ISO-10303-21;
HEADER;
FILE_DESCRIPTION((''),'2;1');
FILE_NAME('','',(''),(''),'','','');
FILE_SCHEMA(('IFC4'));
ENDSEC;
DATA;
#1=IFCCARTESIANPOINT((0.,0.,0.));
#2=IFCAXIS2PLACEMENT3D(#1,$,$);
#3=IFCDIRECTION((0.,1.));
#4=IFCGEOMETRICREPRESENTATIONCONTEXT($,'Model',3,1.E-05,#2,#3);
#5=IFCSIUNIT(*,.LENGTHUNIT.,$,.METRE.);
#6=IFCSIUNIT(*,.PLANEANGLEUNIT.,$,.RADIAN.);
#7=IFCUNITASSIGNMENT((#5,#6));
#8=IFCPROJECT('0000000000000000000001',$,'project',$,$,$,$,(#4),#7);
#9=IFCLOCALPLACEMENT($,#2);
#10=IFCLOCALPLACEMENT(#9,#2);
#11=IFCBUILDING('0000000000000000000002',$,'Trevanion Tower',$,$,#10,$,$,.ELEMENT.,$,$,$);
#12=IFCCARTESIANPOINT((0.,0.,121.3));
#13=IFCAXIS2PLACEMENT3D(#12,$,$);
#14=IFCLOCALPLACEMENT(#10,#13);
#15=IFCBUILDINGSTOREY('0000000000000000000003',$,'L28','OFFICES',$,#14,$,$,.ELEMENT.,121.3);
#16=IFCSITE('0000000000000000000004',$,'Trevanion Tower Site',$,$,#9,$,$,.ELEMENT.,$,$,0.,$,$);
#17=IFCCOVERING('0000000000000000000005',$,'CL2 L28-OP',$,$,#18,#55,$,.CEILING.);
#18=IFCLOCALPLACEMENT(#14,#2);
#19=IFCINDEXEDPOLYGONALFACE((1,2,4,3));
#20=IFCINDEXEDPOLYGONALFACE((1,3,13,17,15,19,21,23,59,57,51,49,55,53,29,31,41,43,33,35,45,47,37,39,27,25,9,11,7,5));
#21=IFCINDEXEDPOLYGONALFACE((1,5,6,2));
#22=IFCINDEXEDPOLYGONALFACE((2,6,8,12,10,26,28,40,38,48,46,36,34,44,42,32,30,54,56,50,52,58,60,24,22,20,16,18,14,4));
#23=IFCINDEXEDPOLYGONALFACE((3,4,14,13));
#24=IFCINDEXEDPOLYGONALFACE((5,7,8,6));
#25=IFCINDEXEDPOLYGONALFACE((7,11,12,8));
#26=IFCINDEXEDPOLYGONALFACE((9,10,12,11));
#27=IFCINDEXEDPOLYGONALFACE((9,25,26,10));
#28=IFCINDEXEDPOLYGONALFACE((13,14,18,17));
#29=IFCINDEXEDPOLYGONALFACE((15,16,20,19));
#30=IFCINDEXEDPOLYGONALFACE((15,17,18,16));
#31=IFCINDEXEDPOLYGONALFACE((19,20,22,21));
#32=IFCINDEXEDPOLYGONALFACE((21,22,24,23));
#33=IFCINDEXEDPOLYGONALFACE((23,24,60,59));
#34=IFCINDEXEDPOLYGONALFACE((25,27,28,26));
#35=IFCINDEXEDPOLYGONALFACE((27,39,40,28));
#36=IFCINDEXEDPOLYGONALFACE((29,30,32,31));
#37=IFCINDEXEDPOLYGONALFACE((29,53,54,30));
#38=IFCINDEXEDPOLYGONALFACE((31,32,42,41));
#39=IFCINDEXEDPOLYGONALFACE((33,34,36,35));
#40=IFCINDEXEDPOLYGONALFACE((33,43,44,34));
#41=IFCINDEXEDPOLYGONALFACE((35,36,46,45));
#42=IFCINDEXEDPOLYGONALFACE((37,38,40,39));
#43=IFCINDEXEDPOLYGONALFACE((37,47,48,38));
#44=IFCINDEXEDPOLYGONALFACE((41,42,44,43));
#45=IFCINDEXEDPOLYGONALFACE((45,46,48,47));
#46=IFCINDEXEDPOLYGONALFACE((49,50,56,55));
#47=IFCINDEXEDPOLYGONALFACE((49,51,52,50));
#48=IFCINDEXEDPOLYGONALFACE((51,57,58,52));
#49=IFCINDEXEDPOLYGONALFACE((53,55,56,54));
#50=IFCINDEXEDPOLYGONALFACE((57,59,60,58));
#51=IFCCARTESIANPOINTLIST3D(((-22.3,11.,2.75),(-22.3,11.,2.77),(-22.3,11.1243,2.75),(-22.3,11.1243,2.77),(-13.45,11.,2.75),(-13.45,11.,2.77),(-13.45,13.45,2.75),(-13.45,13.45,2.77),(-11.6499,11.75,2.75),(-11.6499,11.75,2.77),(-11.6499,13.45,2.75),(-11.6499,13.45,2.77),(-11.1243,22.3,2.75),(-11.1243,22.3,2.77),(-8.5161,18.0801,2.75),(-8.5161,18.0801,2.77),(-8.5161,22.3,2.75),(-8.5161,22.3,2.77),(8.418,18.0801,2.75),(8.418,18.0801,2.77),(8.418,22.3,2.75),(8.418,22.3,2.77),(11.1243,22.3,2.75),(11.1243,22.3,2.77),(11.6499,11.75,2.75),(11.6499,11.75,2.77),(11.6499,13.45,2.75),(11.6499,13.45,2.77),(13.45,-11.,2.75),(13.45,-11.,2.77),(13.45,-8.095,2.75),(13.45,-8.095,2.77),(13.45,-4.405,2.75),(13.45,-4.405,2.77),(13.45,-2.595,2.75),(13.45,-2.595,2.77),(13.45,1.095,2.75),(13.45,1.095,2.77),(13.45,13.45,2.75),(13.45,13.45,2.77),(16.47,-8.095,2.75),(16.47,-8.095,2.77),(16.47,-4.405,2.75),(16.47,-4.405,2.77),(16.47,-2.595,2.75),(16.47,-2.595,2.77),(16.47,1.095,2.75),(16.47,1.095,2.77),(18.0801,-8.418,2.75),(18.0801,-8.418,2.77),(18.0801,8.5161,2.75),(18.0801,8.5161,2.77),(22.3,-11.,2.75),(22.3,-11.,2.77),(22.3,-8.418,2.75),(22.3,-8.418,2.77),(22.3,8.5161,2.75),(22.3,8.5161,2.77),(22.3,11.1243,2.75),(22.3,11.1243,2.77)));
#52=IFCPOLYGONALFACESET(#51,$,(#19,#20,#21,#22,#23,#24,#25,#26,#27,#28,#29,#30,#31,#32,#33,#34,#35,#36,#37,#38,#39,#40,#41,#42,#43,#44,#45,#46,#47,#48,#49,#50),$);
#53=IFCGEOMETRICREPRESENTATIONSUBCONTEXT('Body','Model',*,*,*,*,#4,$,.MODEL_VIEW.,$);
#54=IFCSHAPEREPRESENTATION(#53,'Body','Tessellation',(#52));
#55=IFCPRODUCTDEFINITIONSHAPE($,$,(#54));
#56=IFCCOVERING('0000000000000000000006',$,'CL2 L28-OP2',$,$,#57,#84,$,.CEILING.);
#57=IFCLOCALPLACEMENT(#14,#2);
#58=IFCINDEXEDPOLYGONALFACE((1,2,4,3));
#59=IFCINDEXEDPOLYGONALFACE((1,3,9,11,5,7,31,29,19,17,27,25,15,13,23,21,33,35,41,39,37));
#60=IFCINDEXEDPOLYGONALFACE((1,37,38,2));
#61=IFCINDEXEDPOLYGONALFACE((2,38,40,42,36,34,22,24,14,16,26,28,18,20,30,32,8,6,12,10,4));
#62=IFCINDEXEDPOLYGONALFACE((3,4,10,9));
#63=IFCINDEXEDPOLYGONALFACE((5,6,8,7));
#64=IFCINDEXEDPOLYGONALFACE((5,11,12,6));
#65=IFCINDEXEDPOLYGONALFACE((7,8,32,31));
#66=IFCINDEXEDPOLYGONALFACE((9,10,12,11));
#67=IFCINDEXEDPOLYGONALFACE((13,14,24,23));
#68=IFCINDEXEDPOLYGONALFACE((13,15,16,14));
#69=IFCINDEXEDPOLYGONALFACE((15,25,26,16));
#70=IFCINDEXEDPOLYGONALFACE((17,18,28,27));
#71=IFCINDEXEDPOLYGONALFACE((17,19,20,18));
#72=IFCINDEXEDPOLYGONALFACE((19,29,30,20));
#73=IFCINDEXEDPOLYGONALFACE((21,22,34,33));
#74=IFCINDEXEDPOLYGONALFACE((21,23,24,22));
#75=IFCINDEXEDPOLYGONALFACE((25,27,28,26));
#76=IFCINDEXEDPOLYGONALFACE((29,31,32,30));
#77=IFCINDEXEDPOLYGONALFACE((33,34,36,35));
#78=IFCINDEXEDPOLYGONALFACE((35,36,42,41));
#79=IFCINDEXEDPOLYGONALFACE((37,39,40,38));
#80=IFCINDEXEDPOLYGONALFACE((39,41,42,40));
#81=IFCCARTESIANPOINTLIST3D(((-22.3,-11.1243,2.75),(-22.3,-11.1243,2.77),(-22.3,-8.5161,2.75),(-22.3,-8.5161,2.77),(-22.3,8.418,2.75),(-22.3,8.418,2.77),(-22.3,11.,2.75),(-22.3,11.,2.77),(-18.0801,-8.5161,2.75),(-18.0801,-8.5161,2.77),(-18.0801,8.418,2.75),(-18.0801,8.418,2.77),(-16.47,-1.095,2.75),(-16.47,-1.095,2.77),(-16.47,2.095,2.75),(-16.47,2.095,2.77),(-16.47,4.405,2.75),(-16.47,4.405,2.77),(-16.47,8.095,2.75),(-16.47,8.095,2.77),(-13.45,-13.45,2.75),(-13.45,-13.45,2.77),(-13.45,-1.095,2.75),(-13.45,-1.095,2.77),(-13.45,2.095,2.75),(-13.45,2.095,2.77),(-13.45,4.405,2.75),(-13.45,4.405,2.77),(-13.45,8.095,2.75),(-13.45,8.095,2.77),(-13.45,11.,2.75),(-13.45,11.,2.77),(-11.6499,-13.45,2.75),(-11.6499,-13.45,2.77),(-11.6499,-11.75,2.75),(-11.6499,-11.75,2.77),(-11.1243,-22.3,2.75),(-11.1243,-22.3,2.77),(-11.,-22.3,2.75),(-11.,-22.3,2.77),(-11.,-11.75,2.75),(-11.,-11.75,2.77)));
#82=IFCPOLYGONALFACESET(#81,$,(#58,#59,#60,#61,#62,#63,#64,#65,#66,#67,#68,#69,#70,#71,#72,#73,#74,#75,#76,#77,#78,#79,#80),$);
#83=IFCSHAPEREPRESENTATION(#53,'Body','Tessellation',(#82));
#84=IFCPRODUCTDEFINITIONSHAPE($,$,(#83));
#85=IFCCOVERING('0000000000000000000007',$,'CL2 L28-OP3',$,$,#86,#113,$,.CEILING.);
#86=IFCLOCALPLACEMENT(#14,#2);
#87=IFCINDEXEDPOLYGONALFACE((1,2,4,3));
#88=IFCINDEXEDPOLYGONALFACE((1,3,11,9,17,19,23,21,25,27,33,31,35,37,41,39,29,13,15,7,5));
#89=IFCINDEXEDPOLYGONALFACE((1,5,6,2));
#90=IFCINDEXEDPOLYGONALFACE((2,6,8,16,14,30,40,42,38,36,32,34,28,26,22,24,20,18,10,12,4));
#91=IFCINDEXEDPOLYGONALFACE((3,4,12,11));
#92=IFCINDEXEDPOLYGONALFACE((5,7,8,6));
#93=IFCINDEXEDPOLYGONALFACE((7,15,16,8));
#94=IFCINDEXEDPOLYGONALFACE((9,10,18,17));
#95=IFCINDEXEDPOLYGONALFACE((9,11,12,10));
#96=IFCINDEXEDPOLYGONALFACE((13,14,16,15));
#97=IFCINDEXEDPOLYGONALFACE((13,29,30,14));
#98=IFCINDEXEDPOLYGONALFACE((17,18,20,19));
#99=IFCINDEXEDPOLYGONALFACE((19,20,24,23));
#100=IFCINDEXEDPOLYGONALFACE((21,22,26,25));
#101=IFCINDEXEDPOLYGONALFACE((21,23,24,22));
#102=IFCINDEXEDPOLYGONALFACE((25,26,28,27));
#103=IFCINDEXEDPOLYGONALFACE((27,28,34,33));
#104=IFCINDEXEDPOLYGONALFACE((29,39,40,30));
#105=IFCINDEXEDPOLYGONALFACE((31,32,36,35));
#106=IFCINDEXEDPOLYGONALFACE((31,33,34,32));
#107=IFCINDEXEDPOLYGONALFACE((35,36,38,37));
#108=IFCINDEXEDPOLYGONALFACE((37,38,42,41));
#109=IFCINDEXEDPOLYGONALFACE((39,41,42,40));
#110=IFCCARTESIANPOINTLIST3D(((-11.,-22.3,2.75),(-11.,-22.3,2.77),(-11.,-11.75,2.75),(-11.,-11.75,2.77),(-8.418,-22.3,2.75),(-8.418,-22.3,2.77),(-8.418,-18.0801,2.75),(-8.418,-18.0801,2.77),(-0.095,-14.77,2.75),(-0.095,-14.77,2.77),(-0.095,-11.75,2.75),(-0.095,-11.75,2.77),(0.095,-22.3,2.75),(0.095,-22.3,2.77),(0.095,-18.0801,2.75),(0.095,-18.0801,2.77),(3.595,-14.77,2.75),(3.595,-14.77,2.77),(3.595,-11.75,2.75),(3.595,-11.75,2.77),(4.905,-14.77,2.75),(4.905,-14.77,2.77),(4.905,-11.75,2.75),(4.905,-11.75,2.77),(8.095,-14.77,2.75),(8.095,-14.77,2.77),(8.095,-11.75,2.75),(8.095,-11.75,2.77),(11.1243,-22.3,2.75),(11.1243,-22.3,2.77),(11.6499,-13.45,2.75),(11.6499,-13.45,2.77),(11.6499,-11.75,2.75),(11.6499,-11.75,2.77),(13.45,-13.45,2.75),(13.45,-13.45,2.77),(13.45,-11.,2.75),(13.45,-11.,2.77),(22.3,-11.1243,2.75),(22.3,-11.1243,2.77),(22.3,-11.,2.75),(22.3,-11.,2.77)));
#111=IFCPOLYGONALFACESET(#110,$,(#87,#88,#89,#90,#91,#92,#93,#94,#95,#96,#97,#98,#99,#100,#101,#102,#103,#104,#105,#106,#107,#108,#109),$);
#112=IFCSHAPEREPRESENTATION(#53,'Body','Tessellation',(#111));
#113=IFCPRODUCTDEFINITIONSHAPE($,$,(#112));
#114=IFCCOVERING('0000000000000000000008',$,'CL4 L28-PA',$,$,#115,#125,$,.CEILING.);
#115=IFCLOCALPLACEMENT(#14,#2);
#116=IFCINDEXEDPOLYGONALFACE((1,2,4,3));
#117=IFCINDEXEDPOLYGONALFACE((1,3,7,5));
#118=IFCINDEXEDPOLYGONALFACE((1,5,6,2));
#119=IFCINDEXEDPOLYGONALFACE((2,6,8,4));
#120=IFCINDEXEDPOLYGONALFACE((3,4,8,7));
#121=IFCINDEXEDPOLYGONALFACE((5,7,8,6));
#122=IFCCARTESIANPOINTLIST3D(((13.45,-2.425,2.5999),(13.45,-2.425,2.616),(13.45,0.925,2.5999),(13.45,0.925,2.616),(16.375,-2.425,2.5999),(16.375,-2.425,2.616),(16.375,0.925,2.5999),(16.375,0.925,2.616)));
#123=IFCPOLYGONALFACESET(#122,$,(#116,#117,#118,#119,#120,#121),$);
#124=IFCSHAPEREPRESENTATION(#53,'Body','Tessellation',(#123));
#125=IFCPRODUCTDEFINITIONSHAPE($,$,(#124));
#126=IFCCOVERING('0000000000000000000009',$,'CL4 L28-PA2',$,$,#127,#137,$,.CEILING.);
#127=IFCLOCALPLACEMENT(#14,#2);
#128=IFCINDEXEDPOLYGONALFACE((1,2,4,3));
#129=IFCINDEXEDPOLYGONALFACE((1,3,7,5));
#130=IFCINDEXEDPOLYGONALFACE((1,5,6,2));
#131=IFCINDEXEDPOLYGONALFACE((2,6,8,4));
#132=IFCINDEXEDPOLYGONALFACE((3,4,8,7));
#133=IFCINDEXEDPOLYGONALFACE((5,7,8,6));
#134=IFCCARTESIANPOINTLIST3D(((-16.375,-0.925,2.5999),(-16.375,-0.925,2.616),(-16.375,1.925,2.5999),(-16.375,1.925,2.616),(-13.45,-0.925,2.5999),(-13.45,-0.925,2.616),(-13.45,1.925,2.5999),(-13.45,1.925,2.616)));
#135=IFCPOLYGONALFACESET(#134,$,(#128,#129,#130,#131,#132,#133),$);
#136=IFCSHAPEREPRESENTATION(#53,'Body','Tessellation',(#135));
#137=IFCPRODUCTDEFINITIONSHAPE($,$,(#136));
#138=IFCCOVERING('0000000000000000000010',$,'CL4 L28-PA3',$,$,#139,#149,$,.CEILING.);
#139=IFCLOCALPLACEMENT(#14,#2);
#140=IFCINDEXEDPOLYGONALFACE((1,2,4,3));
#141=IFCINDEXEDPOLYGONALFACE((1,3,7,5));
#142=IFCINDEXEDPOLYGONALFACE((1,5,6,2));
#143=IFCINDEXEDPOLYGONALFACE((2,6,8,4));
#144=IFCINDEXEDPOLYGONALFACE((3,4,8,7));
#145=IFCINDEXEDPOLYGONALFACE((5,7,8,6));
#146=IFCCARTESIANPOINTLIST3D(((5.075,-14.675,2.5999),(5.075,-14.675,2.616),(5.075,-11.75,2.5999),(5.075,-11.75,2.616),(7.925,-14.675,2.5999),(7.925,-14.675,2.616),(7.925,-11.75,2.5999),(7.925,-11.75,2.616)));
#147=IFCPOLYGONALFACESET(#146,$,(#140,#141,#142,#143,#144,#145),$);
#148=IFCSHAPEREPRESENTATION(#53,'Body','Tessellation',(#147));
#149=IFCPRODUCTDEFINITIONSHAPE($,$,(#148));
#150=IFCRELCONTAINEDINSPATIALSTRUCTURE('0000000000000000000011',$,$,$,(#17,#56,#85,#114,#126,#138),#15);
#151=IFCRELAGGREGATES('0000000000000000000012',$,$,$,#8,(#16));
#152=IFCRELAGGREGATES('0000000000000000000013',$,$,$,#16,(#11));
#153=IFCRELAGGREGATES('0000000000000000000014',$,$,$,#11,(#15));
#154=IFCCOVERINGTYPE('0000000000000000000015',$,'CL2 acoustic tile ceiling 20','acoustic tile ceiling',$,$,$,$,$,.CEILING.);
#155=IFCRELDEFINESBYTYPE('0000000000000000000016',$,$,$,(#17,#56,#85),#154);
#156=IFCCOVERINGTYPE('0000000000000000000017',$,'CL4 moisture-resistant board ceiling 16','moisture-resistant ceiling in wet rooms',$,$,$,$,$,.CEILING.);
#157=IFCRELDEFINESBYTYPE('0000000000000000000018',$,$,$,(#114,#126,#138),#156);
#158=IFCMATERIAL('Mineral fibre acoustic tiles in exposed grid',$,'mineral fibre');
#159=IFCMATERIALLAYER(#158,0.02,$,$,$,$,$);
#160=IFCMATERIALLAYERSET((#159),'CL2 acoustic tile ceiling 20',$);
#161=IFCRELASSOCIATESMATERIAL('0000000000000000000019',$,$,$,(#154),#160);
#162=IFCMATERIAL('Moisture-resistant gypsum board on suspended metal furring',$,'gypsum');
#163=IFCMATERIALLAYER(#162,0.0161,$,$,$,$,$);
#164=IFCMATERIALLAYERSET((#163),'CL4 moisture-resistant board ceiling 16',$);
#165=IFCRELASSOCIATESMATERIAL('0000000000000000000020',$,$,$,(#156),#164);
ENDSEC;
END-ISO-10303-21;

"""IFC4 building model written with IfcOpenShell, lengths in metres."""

from ifc_helpers import new_model, si_unit, direction, frame, origin, place, context, subcontext, project, spatial, polyline, outline, extrude, material, layer, layer_set, type_object, element, save


model = new_model("IFC4")

# Units and contexts
model_context = context("Model", 3, precision=1e-05, world=origin(), true_north=direction((0.0, 1.0)))
body_context = subcontext(model_context, "Body", "Model", "MODEL_VIEW")
ifc_project = project(units=[si_unit("LENGTHUNIT", "METRE"), si_unit("PLANEANGLEUNIT", "RADIAN")], contexts=[model_context])

# Site, building, storey
site_placement = place(None, origin())
site = spatial("IfcSite", under=ifc_project, at=site_placement, Name="Trevanion Tower Site", CompositionType="ELEMENT", RefElevation=0.0)
building_placement = place(site_placement, origin())
building = spatial("IfcBuilding", under=site, at=building_placement, Name="Trevanion Tower", CompositionType="ELEMENT")
storey_placement = place(building_placement, frame((0.0, 0.0, 121.3)))
storey = spatial("IfcBuildingStorey", under=building, at=storey_placement, Name="L28", Description="OFFICES", CompositionType="ELEMENT", Elevation=121.3)

# Coverings
ifc_material_1 = material(Name="Mineral fibre acoustic tiles in exposed grid", Category="mineral fibre")
ifc_layer_1 = layer(ifc_material_1, 0.02)
ifc_layer_set_1 = layer_set([ifc_layer_1], Name="CL2 acoustic tile ceiling 20")
covering_type_1 = type_object("IfcCoveringType", Name="CL2 acoustic tile ceiling 20", Description="acoustic tile ceiling", PredefinedType="CEILING", material=ifc_layer_set_1)
covering_1_placement = place(storey_placement, frame((0.0, 0.0, 2.75)))
element("IfcCovering", 1, at=covering_1_placement, inside=storey, type_object=covering_type_1, Name="CL2 L28-OP", PredefinedType="CEILING", context=body_context, shape_type="SweptSolid", body=[
    extrude(outline(polyline([(11.6499, 13.45), (11.6499, 11.75), (-11.6499, 11.75), (-11.6499, 13.45), (-13.45, 13.45), (-13.45, 11.0), (-22.3, 11.0), (-22.3, 11.1243), (-11.1243, 22.3), (-8.5161, 22.3), (-8.5161, 18.0801), (8.418, 18.0801), (8.418, 22.3), (11.1243, 22.3), (22.3, 11.1243), (22.3, 8.5161), (18.0801, 8.5161), (18.0801, -8.418), (22.3, -8.418), (22.3, -11.0), (13.45, -11.0), (13.45, -8.095), (16.47, -8.095), (16.47, -4.405), (13.45, -4.405), (13.45, -2.595), (16.47, -2.595), (16.47, 1.095), (13.45, 1.095), (13.45, 13.45), (11.6499, 13.45)])), origin(), (0.0, 0.0, 1.0), 0.02),
])
covering_2_placement = place(storey_placement, frame((0.0, 0.0, 2.75)))
element("IfcCovering", 2, at=covering_2_placement, inside=storey, type_object=covering_type_1, Name="CL2 L28-OP2", PredefinedType="CEILING", context=body_context, shape_type="SweptSolid", body=[
    extrude(outline(polyline([(-13.45, 8.095), (-16.47, 8.095), (-16.47, 4.405), (-13.45, 4.405), (-13.45, 2.095), (-16.47, 2.095), (-16.47, -1.095), (-13.45, -1.095), (-13.45, -13.45), (-11.6499, -13.45), (-11.6499, -11.75), (-11.0, -11.75), (-11.0, -22.3), (-11.1243, -22.3), (-22.3, -11.1243), (-22.3, -8.5161), (-18.0801, -8.5161), (-18.0801, 8.418), (-22.3, 8.418), (-22.3, 11.0), (-13.45, 11.0), (-13.45, 8.095)])), origin(), (0.0, 0.0, 1.0), 0.02),
])
covering_3_placement = place(storey_placement, frame((0.0, 0.0, 2.75)))
element("IfcCovering", 3, at=covering_3_placement, inside=storey, type_object=covering_type_1, Name="CL2 L28-OP3", PredefinedType="CEILING", context=body_context, shape_type="SweptSolid", body=[
    extrude(outline(polyline([(-0.095, -11.75), (-0.095, -14.77), (3.595, -14.77), (3.595, -11.75), (4.905, -11.75), (4.905, -14.77), (8.095, -14.77), (8.095, -11.75), (11.6499, -11.75), (11.6499, -13.45), (13.45, -13.45), (13.45, -11.0), (22.3, -11.0), (22.3, -11.1243), (11.1243, -22.3), (0.095, -22.3), (0.095, -18.0801), (-8.418, -18.0801), (-8.418, -22.3), (-11.0, -22.3), (-11.0, -11.75), (-0.095, -11.75)])), origin(), (0.0, 0.0, 1.0), 0.02),
])
ifc_material_2 = material(Name="Moisture-resistant gypsum board on suspended metal furring", Category="gypsum")
ifc_layer_2 = layer(ifc_material_2, 0.0161)
ifc_layer_set_2 = layer_set([ifc_layer_2], Name="CL4 moisture-resistant board ceiling 16")
covering_type_2 = type_object("IfcCoveringType", Name="CL4 moisture-resistant board ceiling 16", Description="moisture-resistant ceiling in wet rooms", PredefinedType="CEILING", material=ifc_layer_set_2)
covering_4_placement = place(storey_placement, frame((0.0, 0.0, 2.5999)))
element("IfcCovering", 4, at=covering_4_placement, inside=storey, type_object=covering_type_2, Name="CL4 L28-PA", PredefinedType="CEILING", context=body_context, shape_type="SweptSolid", body=[
    extrude(outline(polyline([(13.45, -2.425), (13.45, 0.925), (16.375, 0.925), (16.375, -2.425), (13.45, -2.425)])), origin(), (0.0, 0.0, 1.0), 0.0161),
])
covering_5_placement = place(storey_placement, frame((0.0, 0.0, 2.5999)))
element("IfcCovering", 5, at=covering_5_placement, inside=storey, type_object=covering_type_2, Name="CL4 L28-PA2", PredefinedType="CEILING", context=body_context, shape_type="SweptSolid", body=[
    extrude(outline(polyline([(-13.45, 1.925), (-13.45, -0.925), (-16.375, -0.925), (-16.375, 1.925), (-13.45, 1.925)])), origin(), (0.0, 0.0, 1.0), 0.0161),
])
covering_6_placement = place(storey_placement, frame((0.0, 0.0, 2.5999)))
element("IfcCovering", 6, at=covering_6_placement, inside=storey, type_object=covering_type_2, Name="CL4 L28-PA3", PredefinedType="CEILING", context=body_context, shape_type="SweptSolid", body=[
    extrude(outline(polyline([(7.925, -14.675), (5.075, -14.675), (5.075, -11.75), (7.925, -11.75), (7.925, -14.675)])), origin(), (0.0, 0.0, 1.0), 0.0161),
])

save(model, "model.ifc")
